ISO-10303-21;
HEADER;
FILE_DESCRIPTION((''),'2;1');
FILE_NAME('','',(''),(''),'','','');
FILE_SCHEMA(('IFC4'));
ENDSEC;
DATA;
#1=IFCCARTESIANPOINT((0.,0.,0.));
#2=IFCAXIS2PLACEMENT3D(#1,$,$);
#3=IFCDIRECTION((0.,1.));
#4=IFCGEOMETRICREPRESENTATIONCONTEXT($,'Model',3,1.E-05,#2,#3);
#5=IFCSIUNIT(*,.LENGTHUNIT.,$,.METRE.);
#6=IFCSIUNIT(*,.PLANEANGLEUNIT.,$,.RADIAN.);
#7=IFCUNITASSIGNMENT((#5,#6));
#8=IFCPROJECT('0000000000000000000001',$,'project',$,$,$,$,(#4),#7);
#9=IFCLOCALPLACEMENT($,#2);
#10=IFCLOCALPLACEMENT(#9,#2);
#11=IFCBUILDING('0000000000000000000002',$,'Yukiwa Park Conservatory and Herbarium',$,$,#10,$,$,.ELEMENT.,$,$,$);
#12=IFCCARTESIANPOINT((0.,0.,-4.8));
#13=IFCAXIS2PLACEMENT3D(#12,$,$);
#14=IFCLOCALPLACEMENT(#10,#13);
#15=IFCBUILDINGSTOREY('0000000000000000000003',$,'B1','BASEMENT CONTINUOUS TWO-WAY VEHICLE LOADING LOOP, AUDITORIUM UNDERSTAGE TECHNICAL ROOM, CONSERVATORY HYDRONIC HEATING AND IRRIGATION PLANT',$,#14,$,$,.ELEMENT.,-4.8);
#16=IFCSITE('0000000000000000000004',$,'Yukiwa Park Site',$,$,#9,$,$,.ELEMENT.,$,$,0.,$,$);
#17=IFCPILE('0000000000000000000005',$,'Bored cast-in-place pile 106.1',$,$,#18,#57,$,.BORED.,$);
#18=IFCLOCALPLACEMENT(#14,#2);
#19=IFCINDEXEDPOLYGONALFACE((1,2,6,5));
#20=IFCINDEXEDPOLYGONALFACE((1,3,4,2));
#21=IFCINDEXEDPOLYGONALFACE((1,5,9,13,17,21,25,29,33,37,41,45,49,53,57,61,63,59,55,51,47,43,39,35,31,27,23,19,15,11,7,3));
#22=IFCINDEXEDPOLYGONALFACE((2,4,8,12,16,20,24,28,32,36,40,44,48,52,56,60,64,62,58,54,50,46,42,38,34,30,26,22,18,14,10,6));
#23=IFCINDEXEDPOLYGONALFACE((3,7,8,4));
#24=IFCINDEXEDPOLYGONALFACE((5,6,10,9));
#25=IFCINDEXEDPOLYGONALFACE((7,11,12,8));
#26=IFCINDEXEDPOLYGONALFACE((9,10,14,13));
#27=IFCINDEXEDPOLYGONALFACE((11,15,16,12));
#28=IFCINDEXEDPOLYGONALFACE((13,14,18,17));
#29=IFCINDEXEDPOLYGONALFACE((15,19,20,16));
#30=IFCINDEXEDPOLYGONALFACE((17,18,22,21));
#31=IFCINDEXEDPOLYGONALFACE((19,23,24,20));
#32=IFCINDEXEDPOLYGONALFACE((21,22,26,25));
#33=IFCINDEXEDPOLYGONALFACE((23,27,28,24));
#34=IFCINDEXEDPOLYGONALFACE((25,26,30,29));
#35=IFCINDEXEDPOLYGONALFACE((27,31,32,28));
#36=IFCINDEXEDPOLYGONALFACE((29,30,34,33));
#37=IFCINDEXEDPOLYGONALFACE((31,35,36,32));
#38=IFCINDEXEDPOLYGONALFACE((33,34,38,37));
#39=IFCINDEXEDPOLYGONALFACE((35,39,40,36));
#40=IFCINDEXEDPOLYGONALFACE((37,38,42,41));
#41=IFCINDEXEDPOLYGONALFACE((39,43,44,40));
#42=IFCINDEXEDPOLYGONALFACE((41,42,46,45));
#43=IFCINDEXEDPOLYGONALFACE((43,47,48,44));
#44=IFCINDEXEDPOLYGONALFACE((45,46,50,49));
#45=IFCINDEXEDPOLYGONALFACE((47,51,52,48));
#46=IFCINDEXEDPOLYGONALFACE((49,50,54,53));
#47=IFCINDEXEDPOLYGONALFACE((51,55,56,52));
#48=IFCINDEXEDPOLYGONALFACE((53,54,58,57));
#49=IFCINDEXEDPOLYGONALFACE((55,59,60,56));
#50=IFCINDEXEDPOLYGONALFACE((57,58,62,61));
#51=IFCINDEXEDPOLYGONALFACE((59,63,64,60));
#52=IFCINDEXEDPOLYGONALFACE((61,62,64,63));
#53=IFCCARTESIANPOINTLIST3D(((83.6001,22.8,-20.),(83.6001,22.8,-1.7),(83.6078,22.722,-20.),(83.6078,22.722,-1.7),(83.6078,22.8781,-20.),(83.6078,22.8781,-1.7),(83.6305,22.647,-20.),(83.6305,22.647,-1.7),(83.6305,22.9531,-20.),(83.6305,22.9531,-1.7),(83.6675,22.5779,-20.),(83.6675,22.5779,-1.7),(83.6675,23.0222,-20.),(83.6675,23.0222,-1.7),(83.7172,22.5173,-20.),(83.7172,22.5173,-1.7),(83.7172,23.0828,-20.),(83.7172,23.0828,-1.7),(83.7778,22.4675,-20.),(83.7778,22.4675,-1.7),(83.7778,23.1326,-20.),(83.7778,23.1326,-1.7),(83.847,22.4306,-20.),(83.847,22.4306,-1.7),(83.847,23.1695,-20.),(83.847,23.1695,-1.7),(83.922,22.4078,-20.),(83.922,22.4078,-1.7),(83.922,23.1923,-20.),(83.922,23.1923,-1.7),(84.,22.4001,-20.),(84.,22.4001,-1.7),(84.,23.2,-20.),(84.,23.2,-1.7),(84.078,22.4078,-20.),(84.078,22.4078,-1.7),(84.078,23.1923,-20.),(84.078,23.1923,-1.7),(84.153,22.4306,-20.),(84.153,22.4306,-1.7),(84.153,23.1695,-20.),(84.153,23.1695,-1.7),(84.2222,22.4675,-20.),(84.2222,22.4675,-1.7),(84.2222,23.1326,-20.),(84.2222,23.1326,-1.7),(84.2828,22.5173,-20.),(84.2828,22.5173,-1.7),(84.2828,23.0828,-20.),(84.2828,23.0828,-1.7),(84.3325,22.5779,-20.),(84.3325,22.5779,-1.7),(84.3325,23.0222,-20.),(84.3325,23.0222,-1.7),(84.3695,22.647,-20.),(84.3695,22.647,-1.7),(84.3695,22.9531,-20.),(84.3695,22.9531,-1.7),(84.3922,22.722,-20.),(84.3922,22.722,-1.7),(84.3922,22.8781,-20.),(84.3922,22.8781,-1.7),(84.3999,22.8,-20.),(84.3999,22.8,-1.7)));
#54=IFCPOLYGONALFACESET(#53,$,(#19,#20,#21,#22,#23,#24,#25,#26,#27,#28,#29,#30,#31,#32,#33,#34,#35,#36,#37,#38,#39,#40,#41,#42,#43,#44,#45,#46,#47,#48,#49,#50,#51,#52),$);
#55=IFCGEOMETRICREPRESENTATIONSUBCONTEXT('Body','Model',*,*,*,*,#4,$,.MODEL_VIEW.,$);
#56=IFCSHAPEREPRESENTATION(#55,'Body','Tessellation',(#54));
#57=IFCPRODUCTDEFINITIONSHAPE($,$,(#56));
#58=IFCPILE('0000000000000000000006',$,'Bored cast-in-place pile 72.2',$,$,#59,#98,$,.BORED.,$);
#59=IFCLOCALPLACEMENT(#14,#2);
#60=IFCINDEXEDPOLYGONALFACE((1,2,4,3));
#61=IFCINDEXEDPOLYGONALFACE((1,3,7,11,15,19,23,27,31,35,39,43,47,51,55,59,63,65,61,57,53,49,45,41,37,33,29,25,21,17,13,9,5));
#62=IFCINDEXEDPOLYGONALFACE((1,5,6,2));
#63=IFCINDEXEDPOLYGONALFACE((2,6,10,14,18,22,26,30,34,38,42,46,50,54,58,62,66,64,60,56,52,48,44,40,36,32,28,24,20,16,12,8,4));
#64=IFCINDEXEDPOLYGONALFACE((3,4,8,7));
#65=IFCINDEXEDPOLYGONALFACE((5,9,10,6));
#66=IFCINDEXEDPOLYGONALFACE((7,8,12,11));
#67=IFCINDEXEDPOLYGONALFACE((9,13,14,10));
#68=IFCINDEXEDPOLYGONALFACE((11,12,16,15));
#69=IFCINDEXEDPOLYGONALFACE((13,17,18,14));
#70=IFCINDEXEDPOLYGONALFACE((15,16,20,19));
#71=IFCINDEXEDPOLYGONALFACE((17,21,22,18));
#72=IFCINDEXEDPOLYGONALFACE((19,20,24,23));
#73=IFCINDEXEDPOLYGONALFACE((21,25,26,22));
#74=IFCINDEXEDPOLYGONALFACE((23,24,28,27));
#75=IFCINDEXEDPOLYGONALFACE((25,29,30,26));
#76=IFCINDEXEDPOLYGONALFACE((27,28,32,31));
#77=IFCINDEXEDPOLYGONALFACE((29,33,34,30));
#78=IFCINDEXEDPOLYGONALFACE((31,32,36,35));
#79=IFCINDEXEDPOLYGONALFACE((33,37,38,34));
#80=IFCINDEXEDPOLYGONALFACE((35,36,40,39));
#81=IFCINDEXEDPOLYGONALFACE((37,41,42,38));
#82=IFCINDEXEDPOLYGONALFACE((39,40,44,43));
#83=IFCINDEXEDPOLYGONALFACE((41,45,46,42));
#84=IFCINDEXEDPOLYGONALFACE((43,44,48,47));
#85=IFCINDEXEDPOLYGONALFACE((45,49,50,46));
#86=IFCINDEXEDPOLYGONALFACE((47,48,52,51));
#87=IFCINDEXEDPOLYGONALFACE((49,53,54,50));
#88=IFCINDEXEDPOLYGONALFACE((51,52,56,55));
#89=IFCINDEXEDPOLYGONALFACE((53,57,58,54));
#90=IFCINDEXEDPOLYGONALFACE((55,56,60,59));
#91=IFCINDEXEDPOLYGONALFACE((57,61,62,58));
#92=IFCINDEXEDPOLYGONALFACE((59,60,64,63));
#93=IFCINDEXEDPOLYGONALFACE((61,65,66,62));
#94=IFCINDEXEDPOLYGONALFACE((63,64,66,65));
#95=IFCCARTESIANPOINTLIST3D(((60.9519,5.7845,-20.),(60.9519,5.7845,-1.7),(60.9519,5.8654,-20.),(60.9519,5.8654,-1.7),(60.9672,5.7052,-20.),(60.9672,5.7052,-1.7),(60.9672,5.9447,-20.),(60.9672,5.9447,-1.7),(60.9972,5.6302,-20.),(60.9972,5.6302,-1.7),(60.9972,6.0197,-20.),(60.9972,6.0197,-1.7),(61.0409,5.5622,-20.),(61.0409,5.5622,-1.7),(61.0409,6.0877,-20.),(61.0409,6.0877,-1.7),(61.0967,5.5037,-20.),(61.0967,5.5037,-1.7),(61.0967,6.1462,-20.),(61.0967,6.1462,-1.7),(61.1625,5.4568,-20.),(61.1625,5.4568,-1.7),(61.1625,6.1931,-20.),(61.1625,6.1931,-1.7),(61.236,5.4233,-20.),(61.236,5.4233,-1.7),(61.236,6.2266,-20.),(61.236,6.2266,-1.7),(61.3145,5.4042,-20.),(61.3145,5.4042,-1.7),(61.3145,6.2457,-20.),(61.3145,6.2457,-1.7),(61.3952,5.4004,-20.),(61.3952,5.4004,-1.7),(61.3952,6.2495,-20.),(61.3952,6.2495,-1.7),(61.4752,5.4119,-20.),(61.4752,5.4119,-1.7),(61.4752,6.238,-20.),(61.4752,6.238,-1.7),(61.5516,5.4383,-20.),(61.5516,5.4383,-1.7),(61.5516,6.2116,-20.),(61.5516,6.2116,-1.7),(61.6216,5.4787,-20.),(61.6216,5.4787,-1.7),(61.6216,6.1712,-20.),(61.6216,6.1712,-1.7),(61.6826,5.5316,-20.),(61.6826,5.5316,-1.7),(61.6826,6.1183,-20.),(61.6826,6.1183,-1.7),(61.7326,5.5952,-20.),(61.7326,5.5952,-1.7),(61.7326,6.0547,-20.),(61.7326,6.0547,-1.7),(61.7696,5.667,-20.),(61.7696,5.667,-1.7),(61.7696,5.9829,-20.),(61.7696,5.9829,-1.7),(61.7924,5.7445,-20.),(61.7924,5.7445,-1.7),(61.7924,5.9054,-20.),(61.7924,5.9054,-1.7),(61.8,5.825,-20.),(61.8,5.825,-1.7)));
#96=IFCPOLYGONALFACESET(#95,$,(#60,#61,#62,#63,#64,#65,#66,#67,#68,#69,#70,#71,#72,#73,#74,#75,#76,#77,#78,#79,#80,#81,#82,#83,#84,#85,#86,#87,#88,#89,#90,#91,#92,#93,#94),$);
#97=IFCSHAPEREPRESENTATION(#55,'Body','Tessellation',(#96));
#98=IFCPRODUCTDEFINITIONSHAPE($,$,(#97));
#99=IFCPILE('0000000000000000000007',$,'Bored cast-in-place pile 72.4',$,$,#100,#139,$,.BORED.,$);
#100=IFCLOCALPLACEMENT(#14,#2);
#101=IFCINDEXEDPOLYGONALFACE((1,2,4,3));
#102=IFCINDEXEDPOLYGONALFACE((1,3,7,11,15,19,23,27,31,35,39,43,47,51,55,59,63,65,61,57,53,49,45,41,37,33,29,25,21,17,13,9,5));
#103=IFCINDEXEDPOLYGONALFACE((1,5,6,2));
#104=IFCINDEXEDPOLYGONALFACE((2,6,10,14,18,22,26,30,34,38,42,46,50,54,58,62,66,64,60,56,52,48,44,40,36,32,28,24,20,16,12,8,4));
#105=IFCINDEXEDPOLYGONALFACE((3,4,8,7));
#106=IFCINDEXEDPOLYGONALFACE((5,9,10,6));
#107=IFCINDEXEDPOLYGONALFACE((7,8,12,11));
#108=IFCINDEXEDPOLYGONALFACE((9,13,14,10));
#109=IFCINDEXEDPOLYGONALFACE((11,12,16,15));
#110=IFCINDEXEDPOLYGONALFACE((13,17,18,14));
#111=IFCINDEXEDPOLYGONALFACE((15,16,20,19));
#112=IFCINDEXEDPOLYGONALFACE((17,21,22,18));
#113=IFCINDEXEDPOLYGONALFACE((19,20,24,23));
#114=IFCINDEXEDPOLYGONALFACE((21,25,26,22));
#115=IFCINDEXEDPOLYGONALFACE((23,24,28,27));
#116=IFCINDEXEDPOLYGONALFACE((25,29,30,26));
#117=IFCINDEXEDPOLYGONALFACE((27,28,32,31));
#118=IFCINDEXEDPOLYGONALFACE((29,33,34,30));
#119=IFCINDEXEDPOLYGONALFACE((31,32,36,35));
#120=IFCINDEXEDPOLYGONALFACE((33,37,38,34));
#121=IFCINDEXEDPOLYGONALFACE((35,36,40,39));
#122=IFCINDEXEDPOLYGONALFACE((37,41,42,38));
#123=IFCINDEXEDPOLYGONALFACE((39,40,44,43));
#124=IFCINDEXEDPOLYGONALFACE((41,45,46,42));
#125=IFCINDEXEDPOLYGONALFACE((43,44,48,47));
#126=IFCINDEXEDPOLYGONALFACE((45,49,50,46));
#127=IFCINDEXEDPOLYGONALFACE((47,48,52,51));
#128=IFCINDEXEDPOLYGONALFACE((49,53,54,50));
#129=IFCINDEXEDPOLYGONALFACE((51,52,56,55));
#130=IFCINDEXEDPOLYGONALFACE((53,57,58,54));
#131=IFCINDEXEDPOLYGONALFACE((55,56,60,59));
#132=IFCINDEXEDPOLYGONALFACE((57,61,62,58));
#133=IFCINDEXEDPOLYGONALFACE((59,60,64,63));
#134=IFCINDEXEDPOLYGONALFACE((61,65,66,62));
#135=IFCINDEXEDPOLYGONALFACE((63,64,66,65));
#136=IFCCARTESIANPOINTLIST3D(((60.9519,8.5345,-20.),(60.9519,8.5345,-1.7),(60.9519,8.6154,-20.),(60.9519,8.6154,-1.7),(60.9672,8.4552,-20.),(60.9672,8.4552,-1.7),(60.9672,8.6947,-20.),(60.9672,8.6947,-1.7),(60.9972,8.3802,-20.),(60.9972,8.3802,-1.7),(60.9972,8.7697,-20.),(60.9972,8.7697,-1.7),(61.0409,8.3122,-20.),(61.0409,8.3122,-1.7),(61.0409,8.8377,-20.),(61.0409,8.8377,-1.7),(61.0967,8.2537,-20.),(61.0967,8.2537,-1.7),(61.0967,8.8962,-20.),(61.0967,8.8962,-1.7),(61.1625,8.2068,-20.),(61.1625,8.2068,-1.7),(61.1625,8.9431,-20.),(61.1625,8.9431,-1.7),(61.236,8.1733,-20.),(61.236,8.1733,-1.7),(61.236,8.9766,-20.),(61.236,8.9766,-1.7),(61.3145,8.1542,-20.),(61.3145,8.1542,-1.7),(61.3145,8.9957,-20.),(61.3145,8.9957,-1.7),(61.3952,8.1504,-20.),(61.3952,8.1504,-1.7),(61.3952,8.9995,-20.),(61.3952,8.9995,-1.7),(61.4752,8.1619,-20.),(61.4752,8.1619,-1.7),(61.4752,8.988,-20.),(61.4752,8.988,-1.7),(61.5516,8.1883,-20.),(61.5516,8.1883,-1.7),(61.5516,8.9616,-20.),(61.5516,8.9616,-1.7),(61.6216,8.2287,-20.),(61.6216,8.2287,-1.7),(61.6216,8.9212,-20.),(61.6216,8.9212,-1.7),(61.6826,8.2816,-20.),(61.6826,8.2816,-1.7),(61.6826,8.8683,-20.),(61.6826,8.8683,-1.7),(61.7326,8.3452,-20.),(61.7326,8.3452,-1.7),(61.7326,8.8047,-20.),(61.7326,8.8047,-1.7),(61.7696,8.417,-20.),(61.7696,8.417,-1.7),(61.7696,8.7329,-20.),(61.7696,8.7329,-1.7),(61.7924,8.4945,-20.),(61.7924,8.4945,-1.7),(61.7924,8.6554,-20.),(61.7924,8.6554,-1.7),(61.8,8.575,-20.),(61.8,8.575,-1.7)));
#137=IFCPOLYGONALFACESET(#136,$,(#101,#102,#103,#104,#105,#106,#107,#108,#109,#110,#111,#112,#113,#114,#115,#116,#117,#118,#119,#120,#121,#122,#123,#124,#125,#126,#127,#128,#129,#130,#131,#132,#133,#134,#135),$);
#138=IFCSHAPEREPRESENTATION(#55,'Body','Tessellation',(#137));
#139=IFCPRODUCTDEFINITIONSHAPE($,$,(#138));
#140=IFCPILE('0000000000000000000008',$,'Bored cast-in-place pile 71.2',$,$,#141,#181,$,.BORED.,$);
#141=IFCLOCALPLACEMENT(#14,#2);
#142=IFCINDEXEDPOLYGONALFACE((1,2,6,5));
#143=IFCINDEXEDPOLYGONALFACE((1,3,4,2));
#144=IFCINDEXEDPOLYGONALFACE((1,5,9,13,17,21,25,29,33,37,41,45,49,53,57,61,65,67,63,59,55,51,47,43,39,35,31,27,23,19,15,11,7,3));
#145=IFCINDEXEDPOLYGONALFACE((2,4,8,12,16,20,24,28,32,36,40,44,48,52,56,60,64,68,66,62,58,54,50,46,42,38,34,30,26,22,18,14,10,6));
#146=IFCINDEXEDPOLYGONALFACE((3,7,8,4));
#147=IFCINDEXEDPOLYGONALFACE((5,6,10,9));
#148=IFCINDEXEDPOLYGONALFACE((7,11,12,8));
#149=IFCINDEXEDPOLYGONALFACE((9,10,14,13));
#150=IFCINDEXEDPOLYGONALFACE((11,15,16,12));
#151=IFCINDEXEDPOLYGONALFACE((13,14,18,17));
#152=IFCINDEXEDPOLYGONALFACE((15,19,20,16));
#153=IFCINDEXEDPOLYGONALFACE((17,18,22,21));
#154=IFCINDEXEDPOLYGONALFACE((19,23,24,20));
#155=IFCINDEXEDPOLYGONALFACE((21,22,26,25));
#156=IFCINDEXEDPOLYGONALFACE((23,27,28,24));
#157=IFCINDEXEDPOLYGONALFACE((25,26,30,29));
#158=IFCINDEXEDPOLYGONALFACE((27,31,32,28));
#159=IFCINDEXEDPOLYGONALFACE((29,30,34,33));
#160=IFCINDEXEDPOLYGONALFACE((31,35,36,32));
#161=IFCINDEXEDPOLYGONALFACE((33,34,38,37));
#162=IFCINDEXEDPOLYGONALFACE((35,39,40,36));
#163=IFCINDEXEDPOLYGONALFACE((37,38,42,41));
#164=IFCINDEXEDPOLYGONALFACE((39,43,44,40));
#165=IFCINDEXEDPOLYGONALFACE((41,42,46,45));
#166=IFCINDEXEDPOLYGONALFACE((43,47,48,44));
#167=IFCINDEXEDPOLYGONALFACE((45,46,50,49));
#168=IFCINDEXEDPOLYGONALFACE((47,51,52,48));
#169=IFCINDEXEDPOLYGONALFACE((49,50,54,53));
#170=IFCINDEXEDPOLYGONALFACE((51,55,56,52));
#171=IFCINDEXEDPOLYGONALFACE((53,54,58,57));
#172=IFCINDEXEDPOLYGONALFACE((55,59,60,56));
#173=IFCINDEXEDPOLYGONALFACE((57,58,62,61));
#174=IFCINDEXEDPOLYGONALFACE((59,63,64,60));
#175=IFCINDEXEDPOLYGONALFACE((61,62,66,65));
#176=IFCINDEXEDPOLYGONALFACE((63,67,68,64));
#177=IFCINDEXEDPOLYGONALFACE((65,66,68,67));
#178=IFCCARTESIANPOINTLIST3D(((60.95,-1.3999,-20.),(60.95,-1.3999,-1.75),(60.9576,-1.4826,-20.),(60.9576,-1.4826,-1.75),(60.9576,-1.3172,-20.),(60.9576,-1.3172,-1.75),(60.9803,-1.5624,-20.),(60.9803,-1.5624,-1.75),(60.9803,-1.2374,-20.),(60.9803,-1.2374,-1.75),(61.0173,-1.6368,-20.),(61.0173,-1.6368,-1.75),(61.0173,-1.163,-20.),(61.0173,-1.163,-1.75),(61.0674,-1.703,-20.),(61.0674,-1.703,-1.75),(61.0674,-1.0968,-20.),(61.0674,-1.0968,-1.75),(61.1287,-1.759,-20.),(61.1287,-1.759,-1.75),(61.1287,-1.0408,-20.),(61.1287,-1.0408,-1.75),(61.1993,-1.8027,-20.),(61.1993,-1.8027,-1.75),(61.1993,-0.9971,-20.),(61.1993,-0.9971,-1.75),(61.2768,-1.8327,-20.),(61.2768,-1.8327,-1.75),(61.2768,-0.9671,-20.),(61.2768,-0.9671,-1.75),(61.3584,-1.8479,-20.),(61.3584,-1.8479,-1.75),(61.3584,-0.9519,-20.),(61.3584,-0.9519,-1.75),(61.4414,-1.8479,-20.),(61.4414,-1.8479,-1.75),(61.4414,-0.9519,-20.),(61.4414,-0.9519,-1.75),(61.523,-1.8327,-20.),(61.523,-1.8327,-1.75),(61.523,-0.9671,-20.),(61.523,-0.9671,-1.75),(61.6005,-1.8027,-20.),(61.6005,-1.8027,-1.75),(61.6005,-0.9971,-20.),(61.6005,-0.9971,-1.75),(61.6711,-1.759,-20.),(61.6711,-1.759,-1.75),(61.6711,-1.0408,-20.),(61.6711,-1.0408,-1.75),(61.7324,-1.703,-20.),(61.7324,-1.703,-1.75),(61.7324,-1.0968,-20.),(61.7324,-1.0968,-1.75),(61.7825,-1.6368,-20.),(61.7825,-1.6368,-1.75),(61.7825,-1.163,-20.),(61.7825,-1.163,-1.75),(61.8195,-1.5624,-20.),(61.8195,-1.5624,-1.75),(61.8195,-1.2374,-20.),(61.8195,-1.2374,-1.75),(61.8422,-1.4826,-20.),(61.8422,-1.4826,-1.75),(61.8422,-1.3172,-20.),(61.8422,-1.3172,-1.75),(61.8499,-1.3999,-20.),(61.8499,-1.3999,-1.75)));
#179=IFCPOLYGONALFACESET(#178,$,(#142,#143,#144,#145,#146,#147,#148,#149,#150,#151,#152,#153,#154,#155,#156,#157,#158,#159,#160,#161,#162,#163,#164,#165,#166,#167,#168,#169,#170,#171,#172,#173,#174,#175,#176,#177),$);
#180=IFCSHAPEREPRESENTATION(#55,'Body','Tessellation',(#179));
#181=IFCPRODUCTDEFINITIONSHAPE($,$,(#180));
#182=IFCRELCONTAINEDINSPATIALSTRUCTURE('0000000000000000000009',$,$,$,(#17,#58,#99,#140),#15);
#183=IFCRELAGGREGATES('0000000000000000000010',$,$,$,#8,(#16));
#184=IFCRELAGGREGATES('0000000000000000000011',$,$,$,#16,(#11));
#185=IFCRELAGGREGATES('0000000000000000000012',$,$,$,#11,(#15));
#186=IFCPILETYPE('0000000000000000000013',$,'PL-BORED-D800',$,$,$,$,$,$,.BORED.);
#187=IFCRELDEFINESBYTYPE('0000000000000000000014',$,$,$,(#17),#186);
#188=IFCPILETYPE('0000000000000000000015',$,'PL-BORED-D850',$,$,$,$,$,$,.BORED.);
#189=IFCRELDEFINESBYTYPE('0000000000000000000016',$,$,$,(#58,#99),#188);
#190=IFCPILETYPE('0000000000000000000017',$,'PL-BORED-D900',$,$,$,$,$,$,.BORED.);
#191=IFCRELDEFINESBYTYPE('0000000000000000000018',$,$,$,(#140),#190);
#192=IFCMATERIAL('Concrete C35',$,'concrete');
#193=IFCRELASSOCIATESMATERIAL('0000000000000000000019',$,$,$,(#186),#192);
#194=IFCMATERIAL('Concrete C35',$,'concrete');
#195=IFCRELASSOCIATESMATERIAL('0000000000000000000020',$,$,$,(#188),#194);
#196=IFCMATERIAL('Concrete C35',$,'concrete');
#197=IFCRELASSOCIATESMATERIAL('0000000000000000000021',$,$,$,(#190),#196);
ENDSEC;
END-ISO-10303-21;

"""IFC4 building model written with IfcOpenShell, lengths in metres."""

from ifc_helpers import new_model, si_unit, direction, frame, origin, origin_2d, place, context, subcontext, project, spatial, circle, extrude, material, material_profile, profile_set, type_object, element, save


model = new_model("IFC4")

# Units and contexts
model_context = context("Model", 3, precision=1e-05, world=origin(), true_north=direction((0.0, 1.0)))
body_context = subcontext(model_context, "Body", "Model", "MODEL_VIEW")
ifc_project = project(units=[si_unit("LENGTHUNIT", "METRE"), si_unit("PLANEANGLEUNIT", "RADIAN")], contexts=[model_context])

# Site, building, storey
site_placement = place(None, origin())
site = spatial("IfcSite", under=ifc_project, at=site_placement, Name="Yukiwa Park Site", CompositionType="ELEMENT", RefElevation=0.0)
building_placement = place(site_placement, origin())
building = spatial("IfcBuilding", under=site, at=building_placement, Name="Yukiwa Park Conservatory and Herbarium", CompositionType="ELEMENT")
storey_placement = place(building_placement, frame((0.0, 0.0, -4.8)))
storey = spatial("IfcBuildingStorey", under=building, at=storey_placement, Name="B1", Description="BASEMENT CONTINUOUS TWO-WAY VEHICLE LOADING LOOP, AUDITORIUM UNDERSTAGE TECHNICAL ROOM, CONSERVATORY HYDRONIC HEATING AND IRRIGATION PLANT", CompositionType="ELEMENT", Elevation=-4.8)

# Piles
ifc_material_1 = material(Name="Concrete C35", Category="concrete")
ifc_material_profile_1 = material_profile(ifc_material_1, circle(Radius=0.3999, at=origin_2d()), Name="PILE D800")
ifc_profile_set_1 = profile_set([ifc_material_profile_1], Name="Concrete C35")
pile_type_1 = type_object("IfcPileType", Name="PL-BORED-D800", PredefinedType="BORED", material=ifc_profile_set_1)
pile_1_placement = place(storey_placement, frame((84.0, 22.8, -1.7), z_axis=(0.0, 0.0, -1.0), x_axis=(1.0, 0.0, 0.0)))
element("IfcPile", 1, at=pile_1_placement, inside=storey, type_object=pile_type_1, Name="Bored cast-in-place pile 106.1", PredefinedType="BORED", context=body_context, shape_type="SweptSolid", body=[
    extrude(circle(Radius=0.3999, at=origin_2d()), origin(), (0.0, 0.0, 1.0), 18.3),
])
ifc_material_2 = material(Name="Concrete C35", Category="concrete")
ifc_material_profile_2 = material_profile(ifc_material_2, circle(Radius=0.425, at=origin_2d()), Name="PILE D850")
ifc_profile_set_2 = profile_set([ifc_material_profile_2], Name="Concrete C35")
pile_type_2 = type_object("IfcPileType", Name="PL-BORED-D850", PredefinedType="BORED", material=ifc_profile_set_2)
for number, where, z_axis, x_axis, name in (
    (2, (61.375, 5.825, -1.7), (0.0, 0.0, -1.0), (1.0, 0.0, 0.0), "Bored cast-in-place pile 72.2"),
    (3, (61.375, 8.575, -1.7), (0.0, 0.0, -1.0), (1.0, 0.0, 0.0), "Bored cast-in-place pile 72.4"),
):
    element("IfcPile", number, at=place(storey_placement, frame(where, z_axis=z_axis, x_axis=x_axis)), inside=storey, type_object=pile_type_2, Name=name, PredefinedType="BORED", context=body_context, shape_type="SweptSolid", body=[
        extrude(circle(Radius=0.425, at=origin_2d()), origin(), (0.0, 0.0, 1.0), 18.3),
    ])
ifc_material_3 = material(Name="Concrete C35", Category="concrete")
ifc_material_profile_3 = material_profile(ifc_material_3, circle(Radius=0.45, at=origin_2d()), Name="PILE D900")
ifc_profile_set_3 = profile_set([ifc_material_profile_3], Name="Concrete C35")
pile_type_3 = type_object("IfcPileType", Name="PL-BORED-D900", PredefinedType="BORED", material=ifc_profile_set_3)
for number, where, z_axis, x_axis, name in (
    (4, (61.3999, -1.3999, -1.75), (0.0, 0.0, -1.0), (1.0, 0.0, 0.0), "Bored cast-in-place pile 71.2"),
):
    element("IfcPile", number, at=place(storey_placement, frame(where, z_axis=z_axis, x_axis=x_axis)), inside=storey, type_object=pile_type_3, Name=name, PredefinedType="BORED", context=body_context, shape_type="SweptSolid", body=[
        extrude(circle(Radius=0.45, at=origin_2d()), origin(), (0.0, 0.0, 1.0), 18.25),
    ])

save(model, "model.ifc")
